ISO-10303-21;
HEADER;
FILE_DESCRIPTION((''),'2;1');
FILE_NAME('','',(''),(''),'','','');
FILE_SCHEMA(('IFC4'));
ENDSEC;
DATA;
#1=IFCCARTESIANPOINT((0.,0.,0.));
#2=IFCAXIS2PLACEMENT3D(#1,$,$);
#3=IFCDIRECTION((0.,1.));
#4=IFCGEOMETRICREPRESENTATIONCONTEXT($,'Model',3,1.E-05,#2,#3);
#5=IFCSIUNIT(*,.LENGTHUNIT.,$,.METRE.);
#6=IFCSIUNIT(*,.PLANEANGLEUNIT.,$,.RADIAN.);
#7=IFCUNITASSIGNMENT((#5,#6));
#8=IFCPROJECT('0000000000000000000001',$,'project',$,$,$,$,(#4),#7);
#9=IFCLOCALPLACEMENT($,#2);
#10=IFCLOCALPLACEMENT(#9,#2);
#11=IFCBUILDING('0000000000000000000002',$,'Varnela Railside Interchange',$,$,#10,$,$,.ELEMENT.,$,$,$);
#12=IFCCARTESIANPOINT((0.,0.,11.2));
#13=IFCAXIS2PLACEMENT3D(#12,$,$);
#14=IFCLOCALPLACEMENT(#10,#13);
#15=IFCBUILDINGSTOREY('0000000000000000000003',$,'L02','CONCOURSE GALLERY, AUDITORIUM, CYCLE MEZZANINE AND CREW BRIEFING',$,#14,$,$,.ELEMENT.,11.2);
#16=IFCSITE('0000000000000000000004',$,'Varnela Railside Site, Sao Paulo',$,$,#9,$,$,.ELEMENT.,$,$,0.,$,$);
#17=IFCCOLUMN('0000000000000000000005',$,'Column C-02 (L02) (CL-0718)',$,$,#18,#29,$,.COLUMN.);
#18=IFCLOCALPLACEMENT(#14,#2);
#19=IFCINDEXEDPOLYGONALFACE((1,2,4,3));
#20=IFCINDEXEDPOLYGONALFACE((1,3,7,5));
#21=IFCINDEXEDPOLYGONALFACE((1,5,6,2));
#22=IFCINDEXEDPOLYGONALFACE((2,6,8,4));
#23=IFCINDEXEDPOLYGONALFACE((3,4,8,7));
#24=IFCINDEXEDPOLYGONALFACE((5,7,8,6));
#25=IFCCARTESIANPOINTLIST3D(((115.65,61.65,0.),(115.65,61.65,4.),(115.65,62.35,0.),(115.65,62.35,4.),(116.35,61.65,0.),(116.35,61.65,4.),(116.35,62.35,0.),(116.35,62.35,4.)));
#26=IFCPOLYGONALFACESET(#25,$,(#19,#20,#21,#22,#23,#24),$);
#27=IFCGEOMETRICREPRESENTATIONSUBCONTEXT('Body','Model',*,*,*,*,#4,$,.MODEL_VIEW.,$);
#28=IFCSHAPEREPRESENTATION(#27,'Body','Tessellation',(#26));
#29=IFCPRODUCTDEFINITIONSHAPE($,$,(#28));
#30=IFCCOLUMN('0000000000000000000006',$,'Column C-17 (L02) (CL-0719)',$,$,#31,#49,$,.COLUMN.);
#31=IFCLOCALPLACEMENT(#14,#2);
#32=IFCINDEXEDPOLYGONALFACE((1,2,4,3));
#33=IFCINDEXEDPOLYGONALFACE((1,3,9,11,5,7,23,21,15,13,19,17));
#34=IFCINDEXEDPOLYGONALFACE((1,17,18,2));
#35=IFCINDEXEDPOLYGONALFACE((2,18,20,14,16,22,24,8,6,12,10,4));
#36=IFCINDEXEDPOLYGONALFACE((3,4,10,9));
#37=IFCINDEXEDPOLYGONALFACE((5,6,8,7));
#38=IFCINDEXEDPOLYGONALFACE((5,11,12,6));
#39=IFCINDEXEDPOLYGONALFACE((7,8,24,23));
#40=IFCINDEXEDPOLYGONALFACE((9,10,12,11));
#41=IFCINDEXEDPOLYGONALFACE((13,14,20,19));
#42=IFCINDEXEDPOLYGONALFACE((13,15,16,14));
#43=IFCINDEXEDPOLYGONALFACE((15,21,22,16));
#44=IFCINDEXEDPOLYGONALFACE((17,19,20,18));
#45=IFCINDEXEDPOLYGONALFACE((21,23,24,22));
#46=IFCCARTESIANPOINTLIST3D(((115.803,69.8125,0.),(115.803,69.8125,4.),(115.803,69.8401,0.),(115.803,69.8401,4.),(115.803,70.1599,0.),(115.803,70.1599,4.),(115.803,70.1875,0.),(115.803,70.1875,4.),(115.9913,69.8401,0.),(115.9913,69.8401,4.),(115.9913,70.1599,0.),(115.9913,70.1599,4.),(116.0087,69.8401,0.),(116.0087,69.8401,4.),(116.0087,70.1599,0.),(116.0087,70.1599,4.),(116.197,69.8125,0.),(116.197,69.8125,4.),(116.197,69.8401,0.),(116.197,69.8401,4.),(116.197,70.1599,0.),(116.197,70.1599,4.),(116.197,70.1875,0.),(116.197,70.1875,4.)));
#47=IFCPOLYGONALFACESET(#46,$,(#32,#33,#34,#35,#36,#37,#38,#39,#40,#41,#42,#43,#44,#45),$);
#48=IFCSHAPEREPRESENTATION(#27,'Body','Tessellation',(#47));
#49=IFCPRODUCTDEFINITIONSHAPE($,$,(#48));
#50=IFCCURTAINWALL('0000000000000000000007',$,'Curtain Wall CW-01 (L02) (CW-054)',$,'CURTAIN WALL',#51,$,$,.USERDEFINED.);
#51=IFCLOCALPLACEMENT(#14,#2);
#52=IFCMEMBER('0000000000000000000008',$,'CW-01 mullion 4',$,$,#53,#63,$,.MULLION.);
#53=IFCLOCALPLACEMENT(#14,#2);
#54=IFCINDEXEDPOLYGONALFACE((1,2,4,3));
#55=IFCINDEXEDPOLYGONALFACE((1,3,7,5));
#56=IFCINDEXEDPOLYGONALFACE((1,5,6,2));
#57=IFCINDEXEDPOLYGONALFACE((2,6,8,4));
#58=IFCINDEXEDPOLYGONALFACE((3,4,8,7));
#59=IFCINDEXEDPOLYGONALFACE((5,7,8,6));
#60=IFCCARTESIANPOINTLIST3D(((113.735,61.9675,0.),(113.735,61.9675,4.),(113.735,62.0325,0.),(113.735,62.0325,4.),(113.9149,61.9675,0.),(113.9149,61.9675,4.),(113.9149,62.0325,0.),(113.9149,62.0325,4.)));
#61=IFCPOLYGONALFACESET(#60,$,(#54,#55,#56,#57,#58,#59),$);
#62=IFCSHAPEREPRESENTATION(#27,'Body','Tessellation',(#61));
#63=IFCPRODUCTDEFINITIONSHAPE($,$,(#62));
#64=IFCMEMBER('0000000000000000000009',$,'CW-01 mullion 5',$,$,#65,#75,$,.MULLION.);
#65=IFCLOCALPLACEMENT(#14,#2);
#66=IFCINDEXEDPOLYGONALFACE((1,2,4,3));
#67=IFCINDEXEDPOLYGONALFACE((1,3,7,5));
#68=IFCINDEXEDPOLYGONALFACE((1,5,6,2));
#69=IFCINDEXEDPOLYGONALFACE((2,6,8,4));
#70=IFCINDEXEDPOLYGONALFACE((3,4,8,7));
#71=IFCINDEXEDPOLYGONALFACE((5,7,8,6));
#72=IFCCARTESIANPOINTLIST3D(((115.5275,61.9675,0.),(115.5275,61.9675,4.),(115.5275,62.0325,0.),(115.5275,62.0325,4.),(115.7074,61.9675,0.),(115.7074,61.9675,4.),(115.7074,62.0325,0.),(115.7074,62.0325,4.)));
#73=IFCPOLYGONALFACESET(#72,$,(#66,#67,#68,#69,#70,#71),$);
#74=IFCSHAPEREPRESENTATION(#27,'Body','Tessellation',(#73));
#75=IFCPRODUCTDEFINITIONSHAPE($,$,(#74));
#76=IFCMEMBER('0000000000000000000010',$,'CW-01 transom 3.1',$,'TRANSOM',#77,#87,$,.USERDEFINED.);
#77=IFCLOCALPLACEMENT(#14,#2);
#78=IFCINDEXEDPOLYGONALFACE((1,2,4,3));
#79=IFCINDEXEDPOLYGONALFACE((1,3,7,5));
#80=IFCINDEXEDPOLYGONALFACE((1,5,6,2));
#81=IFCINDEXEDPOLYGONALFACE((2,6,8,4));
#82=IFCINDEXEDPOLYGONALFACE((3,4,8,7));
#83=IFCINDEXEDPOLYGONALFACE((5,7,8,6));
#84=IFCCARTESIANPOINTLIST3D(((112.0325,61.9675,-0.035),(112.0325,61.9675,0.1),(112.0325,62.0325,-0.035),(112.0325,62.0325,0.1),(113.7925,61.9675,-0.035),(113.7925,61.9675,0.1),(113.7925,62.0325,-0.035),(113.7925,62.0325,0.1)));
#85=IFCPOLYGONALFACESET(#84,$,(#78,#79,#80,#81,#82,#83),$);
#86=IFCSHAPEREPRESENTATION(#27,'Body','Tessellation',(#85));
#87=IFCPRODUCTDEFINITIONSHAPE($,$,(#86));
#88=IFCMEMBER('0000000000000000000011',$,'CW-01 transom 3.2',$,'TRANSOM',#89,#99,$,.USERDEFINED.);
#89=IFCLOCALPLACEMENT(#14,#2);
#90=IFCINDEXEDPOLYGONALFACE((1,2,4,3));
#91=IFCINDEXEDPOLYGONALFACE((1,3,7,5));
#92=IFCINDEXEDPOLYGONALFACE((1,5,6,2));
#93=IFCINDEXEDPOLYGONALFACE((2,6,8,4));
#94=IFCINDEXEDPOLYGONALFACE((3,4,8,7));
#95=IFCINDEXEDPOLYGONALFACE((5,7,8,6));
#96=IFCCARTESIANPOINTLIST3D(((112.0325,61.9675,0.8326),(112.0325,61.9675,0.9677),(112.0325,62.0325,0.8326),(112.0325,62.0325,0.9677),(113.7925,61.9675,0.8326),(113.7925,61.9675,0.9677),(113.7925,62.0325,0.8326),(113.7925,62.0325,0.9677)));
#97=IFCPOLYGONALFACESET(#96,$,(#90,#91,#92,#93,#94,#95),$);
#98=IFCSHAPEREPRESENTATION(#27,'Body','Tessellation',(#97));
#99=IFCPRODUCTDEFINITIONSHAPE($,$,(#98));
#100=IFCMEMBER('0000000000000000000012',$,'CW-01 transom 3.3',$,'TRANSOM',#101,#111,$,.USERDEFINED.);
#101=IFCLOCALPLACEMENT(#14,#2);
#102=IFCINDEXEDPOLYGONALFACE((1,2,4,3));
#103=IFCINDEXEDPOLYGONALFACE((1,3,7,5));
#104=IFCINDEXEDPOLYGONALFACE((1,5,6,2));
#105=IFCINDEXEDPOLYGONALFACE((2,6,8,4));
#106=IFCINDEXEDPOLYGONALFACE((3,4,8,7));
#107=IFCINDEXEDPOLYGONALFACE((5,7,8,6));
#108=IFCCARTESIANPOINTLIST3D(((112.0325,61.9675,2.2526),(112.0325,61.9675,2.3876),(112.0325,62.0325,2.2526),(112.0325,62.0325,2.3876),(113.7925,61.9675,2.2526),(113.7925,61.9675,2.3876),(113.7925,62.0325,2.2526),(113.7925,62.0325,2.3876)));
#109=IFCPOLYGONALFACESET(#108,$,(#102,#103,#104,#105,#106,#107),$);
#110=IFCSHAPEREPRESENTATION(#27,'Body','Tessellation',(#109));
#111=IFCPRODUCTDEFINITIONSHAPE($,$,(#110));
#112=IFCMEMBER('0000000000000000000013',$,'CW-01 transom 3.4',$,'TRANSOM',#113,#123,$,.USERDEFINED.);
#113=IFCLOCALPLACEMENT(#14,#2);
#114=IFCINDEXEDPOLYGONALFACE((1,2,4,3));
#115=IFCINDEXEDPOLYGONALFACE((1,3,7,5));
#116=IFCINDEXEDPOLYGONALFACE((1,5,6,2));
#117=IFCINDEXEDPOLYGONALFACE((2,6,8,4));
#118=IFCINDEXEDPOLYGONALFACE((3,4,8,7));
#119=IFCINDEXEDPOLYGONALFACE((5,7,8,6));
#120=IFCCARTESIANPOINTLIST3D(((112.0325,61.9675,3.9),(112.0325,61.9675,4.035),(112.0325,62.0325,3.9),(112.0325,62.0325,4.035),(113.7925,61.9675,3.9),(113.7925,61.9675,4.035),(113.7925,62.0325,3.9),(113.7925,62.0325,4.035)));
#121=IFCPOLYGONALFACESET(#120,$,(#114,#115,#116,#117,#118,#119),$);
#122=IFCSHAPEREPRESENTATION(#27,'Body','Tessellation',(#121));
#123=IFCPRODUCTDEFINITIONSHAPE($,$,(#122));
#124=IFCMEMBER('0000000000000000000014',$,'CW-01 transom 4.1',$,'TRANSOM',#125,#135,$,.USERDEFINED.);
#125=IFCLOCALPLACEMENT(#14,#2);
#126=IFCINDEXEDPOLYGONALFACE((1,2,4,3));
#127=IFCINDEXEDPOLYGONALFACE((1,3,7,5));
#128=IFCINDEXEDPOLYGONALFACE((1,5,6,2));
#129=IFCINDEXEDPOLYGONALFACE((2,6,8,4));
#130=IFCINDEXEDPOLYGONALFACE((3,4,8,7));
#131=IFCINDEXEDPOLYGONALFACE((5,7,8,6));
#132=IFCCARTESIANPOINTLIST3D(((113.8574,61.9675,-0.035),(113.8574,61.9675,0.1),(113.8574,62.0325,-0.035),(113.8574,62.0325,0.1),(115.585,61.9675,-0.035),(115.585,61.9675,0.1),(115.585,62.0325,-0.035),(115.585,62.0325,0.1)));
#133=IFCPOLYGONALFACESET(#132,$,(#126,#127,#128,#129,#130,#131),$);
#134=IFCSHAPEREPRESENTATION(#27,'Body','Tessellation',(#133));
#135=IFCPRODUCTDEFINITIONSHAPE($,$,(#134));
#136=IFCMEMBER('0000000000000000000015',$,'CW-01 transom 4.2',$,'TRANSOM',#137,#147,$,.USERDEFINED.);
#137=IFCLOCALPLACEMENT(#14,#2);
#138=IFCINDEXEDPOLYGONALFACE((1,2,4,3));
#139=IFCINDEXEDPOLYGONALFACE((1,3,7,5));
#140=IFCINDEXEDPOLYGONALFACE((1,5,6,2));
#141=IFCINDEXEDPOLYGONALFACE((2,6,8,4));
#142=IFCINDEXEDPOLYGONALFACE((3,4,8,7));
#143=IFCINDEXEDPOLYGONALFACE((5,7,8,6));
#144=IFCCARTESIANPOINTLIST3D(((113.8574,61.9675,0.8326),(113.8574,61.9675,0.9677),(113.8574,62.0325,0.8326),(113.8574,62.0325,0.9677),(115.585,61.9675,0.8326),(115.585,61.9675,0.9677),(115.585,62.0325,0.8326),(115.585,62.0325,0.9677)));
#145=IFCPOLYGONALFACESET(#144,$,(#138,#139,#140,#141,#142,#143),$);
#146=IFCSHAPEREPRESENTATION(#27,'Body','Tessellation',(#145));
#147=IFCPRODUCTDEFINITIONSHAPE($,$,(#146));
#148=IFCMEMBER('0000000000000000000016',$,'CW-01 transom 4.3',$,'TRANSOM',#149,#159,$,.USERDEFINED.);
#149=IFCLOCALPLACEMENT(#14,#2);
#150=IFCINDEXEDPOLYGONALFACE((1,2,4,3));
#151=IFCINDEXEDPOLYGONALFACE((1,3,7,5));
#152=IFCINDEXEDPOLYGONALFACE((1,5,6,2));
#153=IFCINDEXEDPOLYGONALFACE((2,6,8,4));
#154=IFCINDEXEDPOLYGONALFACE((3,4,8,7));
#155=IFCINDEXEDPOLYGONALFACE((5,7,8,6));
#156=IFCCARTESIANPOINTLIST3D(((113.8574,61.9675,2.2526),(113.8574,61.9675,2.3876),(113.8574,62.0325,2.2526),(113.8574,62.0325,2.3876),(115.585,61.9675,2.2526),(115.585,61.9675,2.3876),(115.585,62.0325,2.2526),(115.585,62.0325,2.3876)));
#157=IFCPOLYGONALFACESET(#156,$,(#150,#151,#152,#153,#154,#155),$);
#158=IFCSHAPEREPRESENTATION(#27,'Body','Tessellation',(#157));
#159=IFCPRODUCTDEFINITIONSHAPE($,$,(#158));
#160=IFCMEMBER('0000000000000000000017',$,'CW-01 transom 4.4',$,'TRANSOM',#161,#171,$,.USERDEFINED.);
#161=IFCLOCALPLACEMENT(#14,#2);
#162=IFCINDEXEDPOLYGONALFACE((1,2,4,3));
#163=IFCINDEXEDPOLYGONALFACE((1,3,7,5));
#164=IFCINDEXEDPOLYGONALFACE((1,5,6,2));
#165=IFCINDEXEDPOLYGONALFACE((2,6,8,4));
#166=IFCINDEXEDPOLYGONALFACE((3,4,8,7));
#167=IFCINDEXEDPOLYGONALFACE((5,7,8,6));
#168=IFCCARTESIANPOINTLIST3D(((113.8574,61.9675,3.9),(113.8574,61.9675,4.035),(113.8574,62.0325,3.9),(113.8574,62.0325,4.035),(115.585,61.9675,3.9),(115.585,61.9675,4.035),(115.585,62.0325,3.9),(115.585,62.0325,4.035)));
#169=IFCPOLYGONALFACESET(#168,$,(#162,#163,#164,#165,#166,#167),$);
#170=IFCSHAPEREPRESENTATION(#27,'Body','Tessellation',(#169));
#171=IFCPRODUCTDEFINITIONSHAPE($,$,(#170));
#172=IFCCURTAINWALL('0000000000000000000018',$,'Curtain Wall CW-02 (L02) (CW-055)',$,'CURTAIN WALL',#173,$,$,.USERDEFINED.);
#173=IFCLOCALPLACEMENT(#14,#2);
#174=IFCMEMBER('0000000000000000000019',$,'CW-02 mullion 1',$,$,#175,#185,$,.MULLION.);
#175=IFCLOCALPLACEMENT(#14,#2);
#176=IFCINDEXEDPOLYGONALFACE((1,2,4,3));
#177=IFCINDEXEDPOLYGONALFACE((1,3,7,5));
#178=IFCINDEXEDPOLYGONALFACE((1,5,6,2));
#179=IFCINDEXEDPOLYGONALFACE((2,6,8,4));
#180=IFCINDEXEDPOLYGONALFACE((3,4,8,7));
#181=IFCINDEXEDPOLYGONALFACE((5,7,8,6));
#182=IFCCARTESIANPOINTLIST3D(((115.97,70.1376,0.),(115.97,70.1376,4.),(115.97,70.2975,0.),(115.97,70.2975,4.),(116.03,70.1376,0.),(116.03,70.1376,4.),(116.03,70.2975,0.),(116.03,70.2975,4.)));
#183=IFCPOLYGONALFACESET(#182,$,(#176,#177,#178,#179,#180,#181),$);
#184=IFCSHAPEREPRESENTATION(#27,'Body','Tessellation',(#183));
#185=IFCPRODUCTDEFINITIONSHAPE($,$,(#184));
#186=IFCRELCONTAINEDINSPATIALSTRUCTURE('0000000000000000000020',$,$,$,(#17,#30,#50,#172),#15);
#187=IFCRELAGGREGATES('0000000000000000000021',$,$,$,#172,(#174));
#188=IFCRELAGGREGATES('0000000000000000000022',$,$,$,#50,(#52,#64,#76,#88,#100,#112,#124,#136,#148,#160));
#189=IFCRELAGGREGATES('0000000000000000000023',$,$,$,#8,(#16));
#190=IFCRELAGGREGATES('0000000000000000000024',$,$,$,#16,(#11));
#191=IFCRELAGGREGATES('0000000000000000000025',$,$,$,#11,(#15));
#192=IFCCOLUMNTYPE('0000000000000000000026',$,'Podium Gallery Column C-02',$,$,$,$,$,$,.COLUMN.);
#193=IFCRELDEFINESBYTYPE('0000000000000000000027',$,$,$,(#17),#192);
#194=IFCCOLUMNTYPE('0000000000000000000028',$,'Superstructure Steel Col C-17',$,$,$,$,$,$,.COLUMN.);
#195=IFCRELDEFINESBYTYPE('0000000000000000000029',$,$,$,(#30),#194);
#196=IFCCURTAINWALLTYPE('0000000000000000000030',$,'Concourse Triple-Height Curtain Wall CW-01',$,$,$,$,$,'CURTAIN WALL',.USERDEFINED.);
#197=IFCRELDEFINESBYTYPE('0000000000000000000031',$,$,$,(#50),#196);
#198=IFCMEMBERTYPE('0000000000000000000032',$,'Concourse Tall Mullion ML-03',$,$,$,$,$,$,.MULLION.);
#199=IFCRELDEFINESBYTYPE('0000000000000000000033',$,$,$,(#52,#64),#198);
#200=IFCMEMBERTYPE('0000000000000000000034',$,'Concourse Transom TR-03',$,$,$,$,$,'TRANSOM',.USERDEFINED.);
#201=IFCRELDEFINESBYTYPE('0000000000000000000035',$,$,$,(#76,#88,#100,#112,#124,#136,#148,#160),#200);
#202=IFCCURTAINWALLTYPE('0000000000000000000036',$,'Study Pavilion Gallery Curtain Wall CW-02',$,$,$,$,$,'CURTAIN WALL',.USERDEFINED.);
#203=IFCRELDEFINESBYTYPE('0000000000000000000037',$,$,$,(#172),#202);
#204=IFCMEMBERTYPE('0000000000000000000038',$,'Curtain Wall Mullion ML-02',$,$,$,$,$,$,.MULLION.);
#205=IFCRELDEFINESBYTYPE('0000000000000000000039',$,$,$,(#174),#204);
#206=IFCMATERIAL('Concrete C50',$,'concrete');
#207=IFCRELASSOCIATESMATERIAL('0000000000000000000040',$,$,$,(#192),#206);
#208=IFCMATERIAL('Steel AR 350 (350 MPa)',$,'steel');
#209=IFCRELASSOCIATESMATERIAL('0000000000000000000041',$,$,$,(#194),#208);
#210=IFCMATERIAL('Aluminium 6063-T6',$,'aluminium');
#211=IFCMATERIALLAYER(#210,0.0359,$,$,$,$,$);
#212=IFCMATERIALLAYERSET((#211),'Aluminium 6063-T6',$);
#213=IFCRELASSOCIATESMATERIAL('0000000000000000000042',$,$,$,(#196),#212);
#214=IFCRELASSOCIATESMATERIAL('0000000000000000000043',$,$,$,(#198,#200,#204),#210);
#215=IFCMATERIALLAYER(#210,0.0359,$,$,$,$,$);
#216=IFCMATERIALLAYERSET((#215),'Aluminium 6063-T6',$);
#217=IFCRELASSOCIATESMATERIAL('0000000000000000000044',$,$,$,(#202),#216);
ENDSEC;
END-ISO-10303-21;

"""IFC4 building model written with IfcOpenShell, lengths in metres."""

from ifc_helpers import new_model, si_unit, direction, frame, origin, origin_2d, place, context, subcontext, project, spatial, rectangle, i_section, extrude, material, layer, layer_set, material_profile, profile_set, type_object, element, aggregate, save


model = new_model("IFC4")

# Units and contexts
model_context = context("Model", 3, precision=1e-05, world=origin(), true_north=direction((0.0, 1.0)))
body_context = subcontext(model_context, "Body", "Model", "MODEL_VIEW")
ifc_project = project(units=[si_unit("LENGTHUNIT", "METRE"), si_unit("PLANEANGLEUNIT", "RADIAN")], contexts=[model_context])

# Site, building, storey
site_placement = place(None, origin())
site = spatial("IfcSite", under=ifc_project, at=site_placement, Name="Varnela Railside Site, Sao Paulo", CompositionType="ELEMENT", RefElevation=0.0)
building_placement = place(site_placement, origin())
building = spatial("IfcBuilding", under=site, at=building_placement, Name="Varnela Railside Interchange", CompositionType="ELEMENT")
storey_placement = place(building_placement, frame((0.0, 0.0, 11.2)))
storey = spatial("IfcBuildingStorey", under=building, at=storey_placement, Name="L02", Description="CONCOURSE GALLERY, AUDITORIUM, CYCLE MEZZANINE AND CREW BRIEFING", CompositionType="ELEMENT", Elevation=11.2)

# Columns
ifc_material_1 = material(Name="Concrete C50", Category="concrete")
ifc_material_profile_1 = material_profile(ifc_material_1, rectangle(XDim=0.7, YDim=0.7, at=origin_2d()), Name="RC 700x700")
ifc_profile_set_1 = profile_set([ifc_material_profile_1], Name="Concrete C50")
column_type_1 = type_object("IfcColumnType", Name="Podium Gallery Column C-02", PredefinedType="COLUMN", material=ifc_profile_set_1)
column_1_placement = place(storey_placement, frame((116.0, 62.0, 0.0), z_axis=(0.0, 0.0, 1.0), x_axis=(1.0, 0.0, 0.0)))
element("IfcColumn", 1, at=column_1_placement, inside=storey, type_object=column_type_1, Name="Column C-02 (L02) (CL-0718)", PredefinedType="COLUMN", context=body_context, shape_type="SweptSolid", body=[
    extrude(rectangle(XDim=0.7, YDim=0.7, at=origin_2d()), origin(), (0.0, 0.0, 1.0), 4.0),
])
ifc_material_2 = material(Name="Steel AR 350 (350 MPa)", Category="steel")
ifc_material_profile_2 = material_profile(ifc_material_2, i_section(OverallWidth=0.394, OverallDepth=0.375, WebThickness=0.0173, FlangeThickness=0.0276, at=origin_2d()), Name="W360x216")
ifc_profile_set_2 = profile_set([ifc_material_profile_2], Name="Steel AR 350 (350 MPa)")
column_type_2 = type_object("IfcColumnType", Name="Superstructure Steel Col C-17", PredefinedType="COLUMN", material=ifc_profile_set_2)
column_2_placement = place(storey_placement, frame((116.0, 70.0, 0.0), z_axis=(0.0, 0.0, 1.0), x_axis=(1.0, 0.0, 0.0)))
element("IfcColumn", 2, at=column_2_placement, inside=storey, type_object=column_type_2, Name="Column C-17 (L02) (CL-0719)", PredefinedType="COLUMN", context=body_context, shape_type="SweptSolid", body=[
    extrude(i_section(OverallWidth=0.394, OverallDepth=0.375, WebThickness=0.0173, FlangeThickness=0.0276, at=origin_2d()), origin(), (0.0, 0.0, 1.0), 4.0),
])

# Curtain walls, members
ifc_material_3 = material(Name="Aluminium 6063-T6", Category="aluminium")
ifc_layer_1 = layer(ifc_material_3, 0.0359)
ifc_layer_set_1 = layer_set([ifc_layer_1], Name="Aluminium 6063-T6")
curtain_wall_type_1 = type_object("IfcCurtainWallType", Name="Concourse Triple-Height Curtain Wall CW-01", ElementType="CURTAIN WALL", PredefinedType="USERDEFINED", material=ifc_layer_set_1)
curtain_wall_1_placement = place(storey_placement, origin())
curtain_wall_1 = element("IfcCurtainWall", 3, at=curtain_wall_1_placement, inside=storey, type_object=curtain_wall_type_1, Name="Curtain Wall CW-01 (L02) (CW-054)", ObjectType="CURTAIN WALL", PredefinedType="USERDEFINED")
ifc_material_profile_3 = material_profile(ifc_material_3, rectangle(XDim=0.0649, YDim=0.1799, at=origin_2d()), Name="ALU 65x180")
ifc_profile_set_3 = profile_set([ifc_material_profile_3], Name="Aluminium 6063-T6")
member_type_1 = type_object("IfcMemberType", Name="Concourse Tall Mullion ML-03", PredefinedType="MULLION", material=ifc_profile_set_3)
member_1_placement = place(storey_placement, frame((113.825, 62.0, 0.0), z_axis=(0.0, 0.0, 1.0), x_axis=(0.0, 1.0, 0.0)))
member_1 = element("IfcMember", 4, at=member_1_placement, type_object=member_type_1, Name="CW-01 mullion 4", PredefinedType="MULLION", context=body_context, shape_type="SweptSolid", body=[
    extrude(rectangle(XDim=0.0649, YDim=0.1799, at=origin_2d()), origin(), (0.0, 0.0, 1.0), 4.0),
])
member_2_placement = place(storey_placement, frame((115.6174, 62.0, 0.0), z_axis=(0.0, 0.0, 1.0), x_axis=(0.0, 1.0, 0.0)))
member_2 = element("IfcMember", 5, at=member_2_placement, type_object=member_type_1, Name="CW-01 mullion 5", PredefinedType="MULLION", context=body_context, shape_type="SweptSolid", body=[
    extrude(rectangle(XDim=0.0649, YDim=0.1799, at=origin_2d()), origin(), (0.0, 0.0, 1.0), 4.0),
])
ifc_material_profile_4 = material_profile(ifc_material_3, rectangle(XDim=0.0649, YDim=0.135, at=origin_2d()), Name="ALU 65x135")
ifc_profile_set_4 = profile_set([ifc_material_profile_4], Name="Aluminium 6063-T6")
member_type_2 = type_object("IfcMemberType", Name="Concourse Transom TR-03", ElementType="TRANSOM", PredefinedType="USERDEFINED", material=ifc_profile_set_4)
member_3_placement = place(storey_placement, frame((112.0325, 62.0, 0.0325), z_axis=(1.0, 0.0, 0.0), x_axis=(0.0, 1.0, 0.0)))
member_3 = element("IfcMember", 6, at=member_3_placement, type_object=member_type_2, Name="CW-01 transom 3.1", ObjectType="TRANSOM", PredefinedType="USERDEFINED", context=body_context, shape_type="SweptSolid", body=[
    extrude(rectangle(XDim=0.0649, YDim=0.135, at=origin_2d()), origin(), (0.0, 0.0, 1.0), 1.76),
])
member_4_placement = place(storey_placement, frame((112.0325, 62.0, 0.9001), z_axis=(1.0, 0.0, 0.0), x_axis=(0.0, 1.0, 0.0)))
member_4 = element("IfcMember", 7, at=member_4_placement, type_object=member_type_2, Name="CW-01 transom 3.2", ObjectType="TRANSOM", PredefinedType="USERDEFINED", context=body_context, shape_type="SweptSolid", body=[
    extrude(rectangle(XDim=0.0649, YDim=0.135, at=origin_2d()), origin(), (0.0, 0.0, 1.0), 1.76),
])
member_5_placement = place(storey_placement, frame((112.0325, 62.0, 2.3201), z_axis=(1.0, 0.0, 0.0), x_axis=(0.0, 1.0, 0.0)))
member_5 = element("IfcMember", 8, at=member_5_placement, type_object=member_type_2, Name="CW-01 transom 3.3", ObjectType="TRANSOM", PredefinedType="USERDEFINED", context=body_context, shape_type="SweptSolid", body=[
    extrude(rectangle(XDim=0.0649, YDim=0.135, at=origin_2d()), origin(), (0.0, 0.0, 1.0), 1.76),
])
member_6_placement = place(storey_placement, frame((112.0325, 62.0, 3.9675), z_axis=(1.0, 0.0, 0.0), x_axis=(0.0, 1.0, 0.0)))
member_6 = element("IfcMember", 9, at=member_6_placement, type_object=member_type_2, Name="CW-01 transom 3.4", ObjectType="TRANSOM", PredefinedType="USERDEFINED", context=body_context, shape_type="SweptSolid", body=[
    extrude(rectangle(XDim=0.0649, YDim=0.135, at=origin_2d()), origin(), (0.0, 0.0, 1.0), 1.76),
])
member_7_placement = place(storey_placement, frame((113.8574, 62.0, 0.0325), z_axis=(1.0, 0.0, 0.0), x_axis=(0.0, 1.0, 0.0)))
member_7 = element("IfcMember", 10, at=member_7_placement, type_object=member_type_2, Name="CW-01 transom 4.1", ObjectType="TRANSOM", PredefinedType="USERDEFINED", context=body_context, shape_type="SweptSolid", body=[
    extrude(rectangle(XDim=0.0649, YDim=0.135, at=origin_2d()), origin(), (0.0, 0.0, 1.0), 1.7275),
])
member_8_placement = place(storey_placement, frame((113.8574, 62.0, 0.9001), z_axis=(1.0, 0.0, 0.0), x_axis=(0.0, 1.0, 0.0)))
member_8 = element("IfcMember", 11, at=member_8_placement, type_object=member_type_2, Name="CW-01 transom 4.2", ObjectType="TRANSOM", PredefinedType="USERDEFINED", context=body_context, shape_type="SweptSolid", body=[
    extrude(rectangle(XDim=0.0649, YDim=0.135, at=origin_2d()), origin(), (0.0, 0.0, 1.0), 1.7275),
])
member_9_placement = place(storey_placement, frame((113.8574, 62.0, 2.3201), z_axis=(1.0, 0.0, 0.0), x_axis=(0.0, 1.0, 0.0)))
member_9 = element("IfcMember", 12, at=member_9_placement, type_object=member_type_2, Name="CW-01 transom 4.3", ObjectType="TRANSOM", PredefinedType="USERDEFINED", context=body_context, shape_type="SweptSolid", body=[
    extrude(rectangle(XDim=0.0649, YDim=0.135, at=origin_2d()), origin(), (0.0, 0.0, 1.0), 1.7275),
])
member_10_placement = place(storey_placement, frame((113.8574, 62.0, 3.9675), z_axis=(1.0, 0.0, 0.0), x_axis=(0.0, 1.0, 0.0)))
member_10 = element("IfcMember", 13, at=member_10_placement, type_object=member_type_2, Name="CW-01 transom 4.4", ObjectType="TRANSOM", PredefinedType="USERDEFINED", context=body_context, shape_type="SweptSolid", body=[
    extrude(rectangle(XDim=0.0649, YDim=0.135, at=origin_2d()), origin(), (0.0, 0.0, 1.0), 1.7275),
])
ifc_layer_2 = layer(ifc_material_3, 0.0359)
ifc_layer_set_2 = layer_set([ifc_layer_2], Name="Aluminium 6063-T6")
curtain_wall_type_2 = type_object("IfcCurtainWallType", Name="Study Pavilion Gallery Curtain Wall CW-02", ElementType="CURTAIN WALL", PredefinedType="USERDEFINED", material=ifc_layer_set_2)
curtain_wall_2_placement = place(storey_placement, origin())
curtain_wall_2 = element("IfcCurtainWall", 14, at=curtain_wall_2_placement, inside=storey, type_object=curtain_wall_type_2, Name="Curtain Wall CW-02 (L02) (CW-055)", ObjectType="CURTAIN WALL", PredefinedType="USERDEFINED")
ifc_material_profile_5 = material_profile(ifc_material_3, rectangle(XDim=0.0601, YDim=0.1599, at=origin_2d()), Name="ALU 60x160")
ifc_profile_set_5 = profile_set([ifc_material_profile_5], Name="Aluminium 6063-T6")
member_type_3 = type_object("IfcMemberType", Name="Curtain Wall Mullion ML-02", PredefinedType="MULLION", material=ifc_profile_set_5)
member_11_placement = place(storey_placement, frame((116.0, 70.2175, 0.0), z_axis=(0.0, 0.0, 1.0), x_axis=(-1.0, 0.0, 0.0)))
member_11 = element("IfcMember", 15, at=member_11_placement, type_object=member_type_3, Name="CW-02 mullion 1", PredefinedType="MULLION", context=body_context, shape_type="SweptSolid", body=[
    extrude(rectangle(XDim=0.0601, YDim=0.1599, at=origin_2d()), origin(), (0.0, 0.0, 1.0), 4.0),
])
aggregate(curtain_wall_2, [member_11])

aggregate(curtain_wall_1, [member_1, member_2, member_3, member_4, member_5, member_6, member_7, member_8, member_9, member_10])

save(model, "model.ifc")
